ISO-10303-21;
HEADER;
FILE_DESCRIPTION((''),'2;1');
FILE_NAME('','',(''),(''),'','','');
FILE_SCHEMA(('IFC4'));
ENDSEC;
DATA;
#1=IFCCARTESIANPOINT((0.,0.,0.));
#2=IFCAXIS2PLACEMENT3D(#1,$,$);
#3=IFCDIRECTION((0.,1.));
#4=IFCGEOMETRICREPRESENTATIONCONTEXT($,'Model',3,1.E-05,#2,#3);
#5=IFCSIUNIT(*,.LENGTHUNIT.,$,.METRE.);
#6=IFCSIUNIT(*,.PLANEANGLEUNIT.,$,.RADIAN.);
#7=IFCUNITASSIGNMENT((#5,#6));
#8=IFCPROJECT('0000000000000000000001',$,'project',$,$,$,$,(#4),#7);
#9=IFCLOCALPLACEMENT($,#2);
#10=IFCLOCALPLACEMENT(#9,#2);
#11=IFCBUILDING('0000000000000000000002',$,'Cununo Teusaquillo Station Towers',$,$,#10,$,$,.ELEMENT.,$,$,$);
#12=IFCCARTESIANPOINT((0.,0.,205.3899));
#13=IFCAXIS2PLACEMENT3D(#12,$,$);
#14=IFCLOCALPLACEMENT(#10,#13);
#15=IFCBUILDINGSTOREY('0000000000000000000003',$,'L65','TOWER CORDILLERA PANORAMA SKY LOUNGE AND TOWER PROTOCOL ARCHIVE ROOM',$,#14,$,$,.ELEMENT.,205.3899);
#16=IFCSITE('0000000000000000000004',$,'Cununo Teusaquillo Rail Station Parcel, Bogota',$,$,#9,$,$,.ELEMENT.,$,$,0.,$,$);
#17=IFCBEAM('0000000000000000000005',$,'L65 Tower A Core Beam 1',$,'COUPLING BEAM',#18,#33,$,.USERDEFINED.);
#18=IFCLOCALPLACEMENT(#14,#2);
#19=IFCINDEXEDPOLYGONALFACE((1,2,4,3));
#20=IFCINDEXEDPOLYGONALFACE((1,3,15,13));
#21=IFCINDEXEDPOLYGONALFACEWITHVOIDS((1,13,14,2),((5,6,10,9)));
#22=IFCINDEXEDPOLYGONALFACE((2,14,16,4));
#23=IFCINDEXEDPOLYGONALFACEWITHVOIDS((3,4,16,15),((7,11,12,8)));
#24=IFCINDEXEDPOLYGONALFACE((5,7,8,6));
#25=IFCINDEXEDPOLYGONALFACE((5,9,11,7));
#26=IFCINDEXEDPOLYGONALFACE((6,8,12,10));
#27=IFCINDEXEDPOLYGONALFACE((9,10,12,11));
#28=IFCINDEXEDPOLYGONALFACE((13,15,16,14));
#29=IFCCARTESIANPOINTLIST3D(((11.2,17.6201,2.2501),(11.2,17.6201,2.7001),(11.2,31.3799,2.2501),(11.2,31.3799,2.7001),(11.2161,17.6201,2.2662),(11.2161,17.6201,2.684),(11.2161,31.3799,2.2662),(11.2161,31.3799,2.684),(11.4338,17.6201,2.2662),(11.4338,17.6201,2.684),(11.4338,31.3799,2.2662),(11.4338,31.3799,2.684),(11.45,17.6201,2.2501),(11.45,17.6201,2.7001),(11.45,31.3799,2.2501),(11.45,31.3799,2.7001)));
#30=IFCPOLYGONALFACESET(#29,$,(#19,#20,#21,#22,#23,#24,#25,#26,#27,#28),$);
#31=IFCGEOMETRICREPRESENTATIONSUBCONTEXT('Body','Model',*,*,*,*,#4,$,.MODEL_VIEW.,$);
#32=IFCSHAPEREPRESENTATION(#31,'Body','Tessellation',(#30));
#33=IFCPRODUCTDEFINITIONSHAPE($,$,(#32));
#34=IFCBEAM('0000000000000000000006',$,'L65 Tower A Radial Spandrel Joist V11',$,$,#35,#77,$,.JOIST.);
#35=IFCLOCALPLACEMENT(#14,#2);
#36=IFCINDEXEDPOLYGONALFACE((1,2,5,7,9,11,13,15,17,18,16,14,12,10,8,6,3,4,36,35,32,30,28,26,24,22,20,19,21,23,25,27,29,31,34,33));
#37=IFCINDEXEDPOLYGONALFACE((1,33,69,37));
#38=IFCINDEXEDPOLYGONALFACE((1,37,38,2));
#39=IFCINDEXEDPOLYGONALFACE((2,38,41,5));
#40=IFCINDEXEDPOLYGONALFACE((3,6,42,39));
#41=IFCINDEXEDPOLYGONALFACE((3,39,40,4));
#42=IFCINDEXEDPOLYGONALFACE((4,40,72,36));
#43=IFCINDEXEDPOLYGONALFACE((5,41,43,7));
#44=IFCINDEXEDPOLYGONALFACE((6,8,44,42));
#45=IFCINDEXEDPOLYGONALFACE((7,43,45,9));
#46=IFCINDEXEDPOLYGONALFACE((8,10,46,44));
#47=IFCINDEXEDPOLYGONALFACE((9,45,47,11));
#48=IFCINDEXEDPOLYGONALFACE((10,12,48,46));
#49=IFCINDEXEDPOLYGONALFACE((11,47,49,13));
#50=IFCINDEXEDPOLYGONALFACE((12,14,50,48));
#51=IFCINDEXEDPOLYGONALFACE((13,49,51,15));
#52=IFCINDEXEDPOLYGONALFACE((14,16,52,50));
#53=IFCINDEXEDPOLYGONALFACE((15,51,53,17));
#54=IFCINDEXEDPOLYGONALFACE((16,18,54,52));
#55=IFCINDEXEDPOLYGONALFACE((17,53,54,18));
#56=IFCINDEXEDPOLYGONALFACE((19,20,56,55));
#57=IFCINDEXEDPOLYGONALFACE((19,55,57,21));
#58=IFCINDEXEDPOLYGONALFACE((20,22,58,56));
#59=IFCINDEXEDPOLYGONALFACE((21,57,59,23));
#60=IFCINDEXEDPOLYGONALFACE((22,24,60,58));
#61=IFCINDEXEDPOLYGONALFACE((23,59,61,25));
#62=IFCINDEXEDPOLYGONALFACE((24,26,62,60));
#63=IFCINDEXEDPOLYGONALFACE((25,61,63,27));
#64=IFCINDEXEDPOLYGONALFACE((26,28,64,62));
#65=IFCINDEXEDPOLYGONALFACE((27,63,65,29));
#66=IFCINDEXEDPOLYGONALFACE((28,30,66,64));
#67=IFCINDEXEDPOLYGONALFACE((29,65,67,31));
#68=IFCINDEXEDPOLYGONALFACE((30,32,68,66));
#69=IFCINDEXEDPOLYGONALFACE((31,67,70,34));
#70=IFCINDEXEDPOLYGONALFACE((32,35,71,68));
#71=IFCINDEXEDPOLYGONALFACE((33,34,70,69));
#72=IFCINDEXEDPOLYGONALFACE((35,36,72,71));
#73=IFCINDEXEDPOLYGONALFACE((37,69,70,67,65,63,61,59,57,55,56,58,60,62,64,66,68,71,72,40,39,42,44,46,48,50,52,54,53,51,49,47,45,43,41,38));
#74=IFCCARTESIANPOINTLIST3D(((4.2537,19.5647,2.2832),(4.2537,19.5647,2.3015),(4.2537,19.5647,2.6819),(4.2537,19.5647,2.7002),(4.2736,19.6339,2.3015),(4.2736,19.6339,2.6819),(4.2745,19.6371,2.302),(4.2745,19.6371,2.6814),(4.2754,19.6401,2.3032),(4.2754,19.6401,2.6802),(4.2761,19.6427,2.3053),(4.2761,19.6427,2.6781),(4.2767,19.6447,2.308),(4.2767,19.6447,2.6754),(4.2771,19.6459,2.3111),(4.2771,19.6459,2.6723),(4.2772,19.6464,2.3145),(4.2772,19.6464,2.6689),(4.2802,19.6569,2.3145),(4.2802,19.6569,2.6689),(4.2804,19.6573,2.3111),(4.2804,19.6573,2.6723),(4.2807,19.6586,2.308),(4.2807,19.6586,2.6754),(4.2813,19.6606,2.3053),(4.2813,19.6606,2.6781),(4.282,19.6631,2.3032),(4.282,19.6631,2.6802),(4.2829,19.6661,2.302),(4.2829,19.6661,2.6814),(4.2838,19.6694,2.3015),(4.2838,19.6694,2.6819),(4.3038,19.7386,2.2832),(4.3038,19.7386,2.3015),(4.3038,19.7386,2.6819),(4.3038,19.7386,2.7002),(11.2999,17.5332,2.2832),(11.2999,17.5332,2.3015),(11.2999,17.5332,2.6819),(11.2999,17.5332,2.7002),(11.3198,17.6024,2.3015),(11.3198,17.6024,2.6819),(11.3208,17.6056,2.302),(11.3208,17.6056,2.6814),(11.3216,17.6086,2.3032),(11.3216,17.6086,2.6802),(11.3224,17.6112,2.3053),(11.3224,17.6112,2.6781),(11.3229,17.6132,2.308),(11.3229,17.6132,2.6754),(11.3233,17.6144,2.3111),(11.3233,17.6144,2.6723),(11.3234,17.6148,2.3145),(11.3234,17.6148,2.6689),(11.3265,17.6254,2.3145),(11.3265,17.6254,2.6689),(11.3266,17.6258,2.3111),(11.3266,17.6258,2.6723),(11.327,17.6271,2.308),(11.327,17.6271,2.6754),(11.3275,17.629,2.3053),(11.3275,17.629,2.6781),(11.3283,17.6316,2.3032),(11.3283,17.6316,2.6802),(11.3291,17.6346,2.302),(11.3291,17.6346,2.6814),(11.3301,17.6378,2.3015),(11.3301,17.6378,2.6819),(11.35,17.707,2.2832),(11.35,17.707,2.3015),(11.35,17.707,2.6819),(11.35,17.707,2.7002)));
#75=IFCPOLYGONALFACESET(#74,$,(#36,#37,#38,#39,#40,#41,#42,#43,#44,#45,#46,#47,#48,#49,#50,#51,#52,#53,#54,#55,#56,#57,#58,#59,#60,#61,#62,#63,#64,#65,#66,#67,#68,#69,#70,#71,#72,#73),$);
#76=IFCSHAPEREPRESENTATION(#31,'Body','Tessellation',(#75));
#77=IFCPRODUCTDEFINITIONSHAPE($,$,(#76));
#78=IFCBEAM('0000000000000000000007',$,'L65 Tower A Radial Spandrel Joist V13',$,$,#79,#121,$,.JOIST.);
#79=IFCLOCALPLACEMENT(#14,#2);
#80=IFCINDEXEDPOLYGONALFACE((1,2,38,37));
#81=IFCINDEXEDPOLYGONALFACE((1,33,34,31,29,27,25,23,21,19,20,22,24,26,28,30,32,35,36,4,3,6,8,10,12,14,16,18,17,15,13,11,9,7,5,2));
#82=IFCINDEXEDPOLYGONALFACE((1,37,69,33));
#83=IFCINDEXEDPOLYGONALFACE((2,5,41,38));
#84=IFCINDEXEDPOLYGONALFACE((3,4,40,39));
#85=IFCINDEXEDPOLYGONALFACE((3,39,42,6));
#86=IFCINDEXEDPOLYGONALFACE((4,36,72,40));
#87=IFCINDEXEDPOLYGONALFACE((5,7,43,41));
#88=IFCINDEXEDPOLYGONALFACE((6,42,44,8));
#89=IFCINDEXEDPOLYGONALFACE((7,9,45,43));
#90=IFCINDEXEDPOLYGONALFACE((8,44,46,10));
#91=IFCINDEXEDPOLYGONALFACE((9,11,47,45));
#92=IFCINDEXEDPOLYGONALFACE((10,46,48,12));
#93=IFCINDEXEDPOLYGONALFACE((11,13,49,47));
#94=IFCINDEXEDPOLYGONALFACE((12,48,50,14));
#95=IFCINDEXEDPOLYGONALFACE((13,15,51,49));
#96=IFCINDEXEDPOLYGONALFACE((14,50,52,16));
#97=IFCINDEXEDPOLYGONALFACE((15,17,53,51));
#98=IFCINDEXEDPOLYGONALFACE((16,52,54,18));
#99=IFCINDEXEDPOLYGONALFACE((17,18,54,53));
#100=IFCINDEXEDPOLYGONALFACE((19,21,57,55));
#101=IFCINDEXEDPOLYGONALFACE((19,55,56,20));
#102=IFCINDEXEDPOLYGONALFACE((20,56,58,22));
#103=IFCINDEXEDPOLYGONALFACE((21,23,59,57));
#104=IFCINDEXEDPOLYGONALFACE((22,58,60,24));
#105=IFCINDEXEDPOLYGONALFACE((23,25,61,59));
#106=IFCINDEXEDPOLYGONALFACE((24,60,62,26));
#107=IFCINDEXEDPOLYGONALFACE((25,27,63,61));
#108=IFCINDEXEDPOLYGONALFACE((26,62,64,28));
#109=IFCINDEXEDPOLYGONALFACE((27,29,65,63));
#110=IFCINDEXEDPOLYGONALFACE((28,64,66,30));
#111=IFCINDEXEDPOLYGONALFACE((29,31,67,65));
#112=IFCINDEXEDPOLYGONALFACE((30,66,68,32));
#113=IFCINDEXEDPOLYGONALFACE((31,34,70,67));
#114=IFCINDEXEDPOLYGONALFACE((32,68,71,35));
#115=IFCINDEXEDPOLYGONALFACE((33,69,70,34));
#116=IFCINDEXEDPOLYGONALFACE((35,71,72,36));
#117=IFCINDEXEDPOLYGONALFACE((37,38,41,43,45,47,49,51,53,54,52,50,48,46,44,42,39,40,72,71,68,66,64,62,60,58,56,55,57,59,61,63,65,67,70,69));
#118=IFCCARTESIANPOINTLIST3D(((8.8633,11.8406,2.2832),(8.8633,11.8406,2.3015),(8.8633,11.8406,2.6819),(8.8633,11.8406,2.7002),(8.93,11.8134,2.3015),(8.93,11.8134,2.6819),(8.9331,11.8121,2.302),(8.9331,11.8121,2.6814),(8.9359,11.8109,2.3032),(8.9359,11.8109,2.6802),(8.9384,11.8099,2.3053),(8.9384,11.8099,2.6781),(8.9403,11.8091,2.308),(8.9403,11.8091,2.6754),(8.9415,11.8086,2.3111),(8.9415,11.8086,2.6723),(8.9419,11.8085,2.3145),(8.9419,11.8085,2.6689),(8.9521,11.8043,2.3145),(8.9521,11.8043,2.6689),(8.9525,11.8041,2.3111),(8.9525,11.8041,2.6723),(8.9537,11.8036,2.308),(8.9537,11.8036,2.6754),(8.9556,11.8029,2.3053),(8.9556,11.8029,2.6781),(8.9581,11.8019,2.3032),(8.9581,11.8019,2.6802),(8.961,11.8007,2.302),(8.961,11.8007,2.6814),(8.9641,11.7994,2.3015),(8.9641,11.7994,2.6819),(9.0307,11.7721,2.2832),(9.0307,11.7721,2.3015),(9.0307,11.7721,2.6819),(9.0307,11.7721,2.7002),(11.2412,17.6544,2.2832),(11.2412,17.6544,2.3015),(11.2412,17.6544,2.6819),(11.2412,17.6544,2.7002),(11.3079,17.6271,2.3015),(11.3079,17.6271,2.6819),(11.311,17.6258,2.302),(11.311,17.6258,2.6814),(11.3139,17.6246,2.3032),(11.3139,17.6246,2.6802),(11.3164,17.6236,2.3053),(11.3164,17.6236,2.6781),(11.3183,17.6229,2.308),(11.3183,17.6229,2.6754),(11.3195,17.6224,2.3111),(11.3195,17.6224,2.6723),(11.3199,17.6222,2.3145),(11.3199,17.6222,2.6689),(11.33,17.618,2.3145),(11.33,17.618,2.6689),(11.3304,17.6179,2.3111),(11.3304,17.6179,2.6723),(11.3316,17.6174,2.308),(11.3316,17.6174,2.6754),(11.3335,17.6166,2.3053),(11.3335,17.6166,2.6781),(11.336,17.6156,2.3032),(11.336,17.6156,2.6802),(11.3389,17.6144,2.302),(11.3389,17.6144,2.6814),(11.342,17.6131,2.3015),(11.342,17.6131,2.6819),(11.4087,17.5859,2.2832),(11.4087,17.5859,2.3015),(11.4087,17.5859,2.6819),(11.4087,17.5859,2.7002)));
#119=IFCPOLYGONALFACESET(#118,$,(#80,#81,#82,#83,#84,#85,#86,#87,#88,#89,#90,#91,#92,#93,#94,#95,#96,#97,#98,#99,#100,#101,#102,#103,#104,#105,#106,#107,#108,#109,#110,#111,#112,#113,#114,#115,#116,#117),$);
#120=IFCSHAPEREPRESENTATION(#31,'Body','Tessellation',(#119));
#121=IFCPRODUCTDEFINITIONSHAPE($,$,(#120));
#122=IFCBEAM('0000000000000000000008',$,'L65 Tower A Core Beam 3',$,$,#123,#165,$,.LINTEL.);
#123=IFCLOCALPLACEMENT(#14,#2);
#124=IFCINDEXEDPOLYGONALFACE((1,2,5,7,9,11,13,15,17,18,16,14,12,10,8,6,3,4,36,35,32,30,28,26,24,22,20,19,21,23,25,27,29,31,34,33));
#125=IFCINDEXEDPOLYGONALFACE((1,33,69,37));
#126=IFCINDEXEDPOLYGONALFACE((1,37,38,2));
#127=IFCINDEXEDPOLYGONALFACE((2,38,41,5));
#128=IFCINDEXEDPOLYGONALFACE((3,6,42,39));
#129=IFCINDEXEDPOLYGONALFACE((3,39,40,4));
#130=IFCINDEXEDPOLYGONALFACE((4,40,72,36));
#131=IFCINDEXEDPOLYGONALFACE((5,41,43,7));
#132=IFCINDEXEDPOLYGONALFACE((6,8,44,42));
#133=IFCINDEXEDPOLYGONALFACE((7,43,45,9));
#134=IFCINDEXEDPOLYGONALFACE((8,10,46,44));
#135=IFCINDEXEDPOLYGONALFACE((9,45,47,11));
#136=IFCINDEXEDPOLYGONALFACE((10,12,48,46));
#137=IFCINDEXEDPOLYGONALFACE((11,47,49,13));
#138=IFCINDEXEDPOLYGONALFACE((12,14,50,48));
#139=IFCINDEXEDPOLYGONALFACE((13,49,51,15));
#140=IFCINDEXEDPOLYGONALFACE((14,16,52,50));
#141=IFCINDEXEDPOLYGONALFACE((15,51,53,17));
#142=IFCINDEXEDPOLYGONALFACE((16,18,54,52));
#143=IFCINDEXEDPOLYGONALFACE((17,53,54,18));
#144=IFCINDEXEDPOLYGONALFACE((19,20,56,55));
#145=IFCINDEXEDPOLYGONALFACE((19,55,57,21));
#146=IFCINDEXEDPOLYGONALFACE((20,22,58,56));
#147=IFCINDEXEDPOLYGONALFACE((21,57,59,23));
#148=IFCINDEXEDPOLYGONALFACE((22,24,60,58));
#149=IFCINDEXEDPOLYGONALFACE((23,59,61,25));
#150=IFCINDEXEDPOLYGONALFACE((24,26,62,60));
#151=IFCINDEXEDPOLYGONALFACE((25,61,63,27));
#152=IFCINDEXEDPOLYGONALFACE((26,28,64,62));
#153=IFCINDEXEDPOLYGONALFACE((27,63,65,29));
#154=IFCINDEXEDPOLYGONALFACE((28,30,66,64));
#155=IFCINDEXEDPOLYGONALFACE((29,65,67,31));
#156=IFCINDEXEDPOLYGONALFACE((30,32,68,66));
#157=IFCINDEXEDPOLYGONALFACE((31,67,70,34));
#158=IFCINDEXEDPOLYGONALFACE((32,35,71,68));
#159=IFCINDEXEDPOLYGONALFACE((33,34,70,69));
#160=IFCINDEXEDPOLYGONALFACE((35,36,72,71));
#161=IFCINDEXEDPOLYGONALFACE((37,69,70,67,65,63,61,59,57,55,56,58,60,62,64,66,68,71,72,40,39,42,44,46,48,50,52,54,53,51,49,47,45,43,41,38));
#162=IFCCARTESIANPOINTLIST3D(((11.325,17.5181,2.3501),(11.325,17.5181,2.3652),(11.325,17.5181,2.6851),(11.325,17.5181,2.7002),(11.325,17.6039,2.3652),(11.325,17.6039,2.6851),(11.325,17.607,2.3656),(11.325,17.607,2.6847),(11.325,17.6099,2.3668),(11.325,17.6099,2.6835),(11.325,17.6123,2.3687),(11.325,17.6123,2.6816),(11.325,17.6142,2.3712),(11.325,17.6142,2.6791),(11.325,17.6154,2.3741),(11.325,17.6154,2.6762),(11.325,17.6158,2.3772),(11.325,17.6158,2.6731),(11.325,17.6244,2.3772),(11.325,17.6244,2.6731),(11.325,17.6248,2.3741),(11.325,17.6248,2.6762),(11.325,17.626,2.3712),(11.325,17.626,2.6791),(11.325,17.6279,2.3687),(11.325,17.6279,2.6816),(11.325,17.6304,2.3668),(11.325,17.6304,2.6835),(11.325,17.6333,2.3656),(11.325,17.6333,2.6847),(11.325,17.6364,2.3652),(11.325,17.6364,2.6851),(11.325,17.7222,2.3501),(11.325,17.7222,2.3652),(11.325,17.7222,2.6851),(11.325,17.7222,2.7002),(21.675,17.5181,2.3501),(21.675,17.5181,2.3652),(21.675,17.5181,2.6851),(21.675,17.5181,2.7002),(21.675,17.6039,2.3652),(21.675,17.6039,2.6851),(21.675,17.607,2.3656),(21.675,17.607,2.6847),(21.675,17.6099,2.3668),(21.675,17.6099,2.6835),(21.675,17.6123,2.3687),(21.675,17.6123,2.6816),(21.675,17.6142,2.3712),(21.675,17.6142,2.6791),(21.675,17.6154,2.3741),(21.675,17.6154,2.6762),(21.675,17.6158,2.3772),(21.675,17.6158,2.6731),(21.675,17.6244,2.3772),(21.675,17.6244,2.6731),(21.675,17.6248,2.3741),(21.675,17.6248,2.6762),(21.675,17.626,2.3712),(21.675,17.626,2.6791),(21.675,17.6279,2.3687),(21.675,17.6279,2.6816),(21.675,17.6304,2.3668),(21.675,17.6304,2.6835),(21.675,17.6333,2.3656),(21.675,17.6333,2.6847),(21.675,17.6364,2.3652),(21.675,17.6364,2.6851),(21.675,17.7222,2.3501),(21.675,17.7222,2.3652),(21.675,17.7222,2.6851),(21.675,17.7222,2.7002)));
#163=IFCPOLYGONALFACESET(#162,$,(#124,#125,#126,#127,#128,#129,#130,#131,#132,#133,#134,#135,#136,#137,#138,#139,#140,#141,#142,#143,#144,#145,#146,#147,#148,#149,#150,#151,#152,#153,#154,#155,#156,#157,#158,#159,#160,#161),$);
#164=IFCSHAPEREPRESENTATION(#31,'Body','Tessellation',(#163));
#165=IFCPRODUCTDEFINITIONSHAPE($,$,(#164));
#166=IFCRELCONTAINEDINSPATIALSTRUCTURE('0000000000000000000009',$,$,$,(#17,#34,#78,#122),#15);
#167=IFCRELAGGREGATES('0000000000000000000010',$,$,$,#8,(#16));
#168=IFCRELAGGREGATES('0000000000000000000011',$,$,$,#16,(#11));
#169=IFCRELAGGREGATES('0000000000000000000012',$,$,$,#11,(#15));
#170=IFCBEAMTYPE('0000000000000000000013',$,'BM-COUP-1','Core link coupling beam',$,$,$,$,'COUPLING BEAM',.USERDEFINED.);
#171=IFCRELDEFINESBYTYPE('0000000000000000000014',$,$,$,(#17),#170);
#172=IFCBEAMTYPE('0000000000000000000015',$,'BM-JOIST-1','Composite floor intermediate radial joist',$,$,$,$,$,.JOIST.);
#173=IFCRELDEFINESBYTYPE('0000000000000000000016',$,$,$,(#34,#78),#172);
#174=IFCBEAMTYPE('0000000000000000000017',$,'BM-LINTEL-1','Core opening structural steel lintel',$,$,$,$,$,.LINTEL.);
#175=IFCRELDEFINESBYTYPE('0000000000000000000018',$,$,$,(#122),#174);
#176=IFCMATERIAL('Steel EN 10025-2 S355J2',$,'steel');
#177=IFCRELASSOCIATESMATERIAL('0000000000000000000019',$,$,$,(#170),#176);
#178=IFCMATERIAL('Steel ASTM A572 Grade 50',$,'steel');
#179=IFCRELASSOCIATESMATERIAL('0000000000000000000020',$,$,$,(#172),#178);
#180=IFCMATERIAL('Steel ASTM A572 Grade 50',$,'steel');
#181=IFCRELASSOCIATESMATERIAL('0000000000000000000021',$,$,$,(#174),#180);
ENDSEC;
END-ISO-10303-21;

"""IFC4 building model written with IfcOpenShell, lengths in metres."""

from ifc_helpers import new_model, si_unit, direction, frame, origin, origin_2d, place, context, subcontext, project, spatial, hollow_rectangle, i_section, extrude, material, material_profile, profile_set, type_object, element, save


model = new_model("IFC4")

# Units and contexts
model_context = context("Model", 3, precision=1e-05, world=origin(), true_north=direction((0.0, 1.0)))
body_context = subcontext(model_context, "Body", "Model", "MODEL_VIEW")
ifc_project = project(units=[si_unit("LENGTHUNIT", "METRE"), si_unit("PLANEANGLEUNIT", "RADIAN")], contexts=[model_context])

# Site, building, storey
site_placement = place(None, origin())
site = spatial("IfcSite", under=ifc_project, at=site_placement, Name="Cununo Teusaquillo Rail Station Parcel, Bogota", CompositionType="ELEMENT", RefElevation=0.0)
building_placement = place(site_placement, origin())
building = spatial("IfcBuilding", under=site, at=building_placement, Name="Cununo Teusaquillo Station Towers", CompositionType="ELEMENT")
storey_placement = place(building_placement, frame((0.0, 0.0, 205.3899)))
storey = spatial("IfcBuildingStorey", under=building, at=storey_placement, Name="L65", Description="TOWER CORDILLERA PANORAMA SKY LOUNGE AND TOWER PROTOCOL ARCHIVE ROOM", CompositionType="ELEMENT", Elevation=205.3899)

# Beams
ifc_material_1 = material(Name="Steel EN 10025-2 S355J2", Category="steel")
ifc_material_profile_1 = material_profile(ifc_material_1, hollow_rectangle(XDim=0.25, YDim=0.45, WallThickness=0.0161, at=origin_2d()), Name="RHS 450x250x16")
ifc_profile_set_1 = profile_set([ifc_material_profile_1], Name="Steel EN 10025-2 S355J2")
beam_type_1 = type_object("IfcBeamType", Name="BM-COUP-1", Description="Core link coupling beam", ElementType="COUPLING BEAM", PredefinedType="USERDEFINED", material=ifc_profile_set_1)
beam_1_placement = place(storey_placement, frame((11.325, 17.6201, 2.4751), z_axis=(0.0, 1.0, 0.0), x_axis=(-1.0, 0.0, 0.0)))
element("IfcBeam", 1, at=beam_1_placement, inside=storey, type_object=beam_type_1, Name="L65 Tower A Core Beam 1", ObjectType="COUPLING BEAM", PredefinedType="USERDEFINED", context=body_context, shape_type="SweptSolid", body=[
    extrude(hollow_rectangle(XDim=0.25, YDim=0.45, WallThickness=0.0161, at=origin_2d()), origin(), (0.0, 0.0, 1.0), 13.7598),
])
ifc_material_2 = material(Name="Steel ASTM A572 Grade 50", Category="steel")
ifc_material_profile_2 = material_profile(ifc_material_2, i_section(OverallWidth=0.1809, OverallDepth=0.417, WebThickness=0.011, FlangeThickness=0.0183, FilletRadius=0.0129, at=origin_2d()), Name="W16X57")
ifc_profile_set_2 = profile_set([ifc_material_profile_2], Name="Steel ASTM A572 Grade 50")
beam_type_2 = type_object("IfcBeamType", Name="BM-JOIST-1", Description="Composite floor intermediate radial joist", PredefinedType="JOIST", material=ifc_profile_set_2)
beam_2_placement = place(storey_placement, frame((11.325, 17.6201, 2.4917), z_axis=(-0.960862, 0.277029, 0.0), x_axis=(-0.277029, -0.960862, 0.0)))
element("IfcBeam", 2, at=beam_2_placement, inside=storey, type_object=beam_type_2, Name="L65 Tower A Radial Spandrel Joist V11", PredefinedType="JOIST", context=body_context, shape_type="SweptSolid", body=[
    extrude(i_section(OverallWidth=0.1809, OverallDepth=0.417, WebThickness=0.011, FlangeThickness=0.0183, FilletRadius=0.0129, at=origin_2d()), origin(), (0.0, 0.0, 1.0), 7.3333),
])
beam_3_placement = place(storey_placement, frame((11.325, 17.6201, 2.4917), z_axis=(-0.378577, -0.92557, 0.0), x_axis=(0.92557, -0.378577, 0.0)))
element("IfcBeam", 3, at=beam_3_placement, inside=storey, type_object=beam_type_2, Name="L65 Tower A Radial Spandrel Joist V13", PredefinedType="JOIST", context=body_context, shape_type="SweptSolid", body=[
    extrude(i_section(OverallWidth=0.1809, OverallDepth=0.417, WebThickness=0.011, FlangeThickness=0.0183, FilletRadius=0.0129, at=origin_2d()), origin(), (0.0, 0.0, 1.0), 6.2812),
])
ifc_material_3 = material(Name="Steel ASTM A572 Grade 50", Category="steel")
ifc_material_profile_3 = material_profile(ifc_material_3, i_section(OverallWidth=0.2041, OverallDepth=0.3501, WebThickness=0.0085, FlangeThickness=0.0151, FilletRadius=0.012, at=origin_2d()), Name="W14X48")
ifc_profile_set_3 = profile_set([ifc_material_profile_3], Name="Steel ASTM A572 Grade 50")
beam_type_3 = type_object("IfcBeamType", Name="BM-LINTEL-1", Description="Core opening structural steel lintel", PredefinedType="LINTEL", material=ifc_profile_set_3)
beam_4_placement = place(storey_placement, frame((11.325, 17.6201, 2.5251), z_axis=(1.0, 0.0, 0.0), x_axis=(0.0, 1.0, 0.0)))
element("IfcBeam", 4, at=beam_4_placement, inside=storey, type_object=beam_type_3, Name="L65 Tower A Core Beam 3", PredefinedType="LINTEL", context=body_context, shape_type="SweptSolid", body=[
    extrude(i_section(OverallWidth=0.2041, OverallDepth=0.3501, WebThickness=0.0085, FlangeThickness=0.0151, FilletRadius=0.012, at=origin_2d()), origin(), (0.0, 0.0, 1.0), 10.3501),
])

save(model, "model.ifc")
